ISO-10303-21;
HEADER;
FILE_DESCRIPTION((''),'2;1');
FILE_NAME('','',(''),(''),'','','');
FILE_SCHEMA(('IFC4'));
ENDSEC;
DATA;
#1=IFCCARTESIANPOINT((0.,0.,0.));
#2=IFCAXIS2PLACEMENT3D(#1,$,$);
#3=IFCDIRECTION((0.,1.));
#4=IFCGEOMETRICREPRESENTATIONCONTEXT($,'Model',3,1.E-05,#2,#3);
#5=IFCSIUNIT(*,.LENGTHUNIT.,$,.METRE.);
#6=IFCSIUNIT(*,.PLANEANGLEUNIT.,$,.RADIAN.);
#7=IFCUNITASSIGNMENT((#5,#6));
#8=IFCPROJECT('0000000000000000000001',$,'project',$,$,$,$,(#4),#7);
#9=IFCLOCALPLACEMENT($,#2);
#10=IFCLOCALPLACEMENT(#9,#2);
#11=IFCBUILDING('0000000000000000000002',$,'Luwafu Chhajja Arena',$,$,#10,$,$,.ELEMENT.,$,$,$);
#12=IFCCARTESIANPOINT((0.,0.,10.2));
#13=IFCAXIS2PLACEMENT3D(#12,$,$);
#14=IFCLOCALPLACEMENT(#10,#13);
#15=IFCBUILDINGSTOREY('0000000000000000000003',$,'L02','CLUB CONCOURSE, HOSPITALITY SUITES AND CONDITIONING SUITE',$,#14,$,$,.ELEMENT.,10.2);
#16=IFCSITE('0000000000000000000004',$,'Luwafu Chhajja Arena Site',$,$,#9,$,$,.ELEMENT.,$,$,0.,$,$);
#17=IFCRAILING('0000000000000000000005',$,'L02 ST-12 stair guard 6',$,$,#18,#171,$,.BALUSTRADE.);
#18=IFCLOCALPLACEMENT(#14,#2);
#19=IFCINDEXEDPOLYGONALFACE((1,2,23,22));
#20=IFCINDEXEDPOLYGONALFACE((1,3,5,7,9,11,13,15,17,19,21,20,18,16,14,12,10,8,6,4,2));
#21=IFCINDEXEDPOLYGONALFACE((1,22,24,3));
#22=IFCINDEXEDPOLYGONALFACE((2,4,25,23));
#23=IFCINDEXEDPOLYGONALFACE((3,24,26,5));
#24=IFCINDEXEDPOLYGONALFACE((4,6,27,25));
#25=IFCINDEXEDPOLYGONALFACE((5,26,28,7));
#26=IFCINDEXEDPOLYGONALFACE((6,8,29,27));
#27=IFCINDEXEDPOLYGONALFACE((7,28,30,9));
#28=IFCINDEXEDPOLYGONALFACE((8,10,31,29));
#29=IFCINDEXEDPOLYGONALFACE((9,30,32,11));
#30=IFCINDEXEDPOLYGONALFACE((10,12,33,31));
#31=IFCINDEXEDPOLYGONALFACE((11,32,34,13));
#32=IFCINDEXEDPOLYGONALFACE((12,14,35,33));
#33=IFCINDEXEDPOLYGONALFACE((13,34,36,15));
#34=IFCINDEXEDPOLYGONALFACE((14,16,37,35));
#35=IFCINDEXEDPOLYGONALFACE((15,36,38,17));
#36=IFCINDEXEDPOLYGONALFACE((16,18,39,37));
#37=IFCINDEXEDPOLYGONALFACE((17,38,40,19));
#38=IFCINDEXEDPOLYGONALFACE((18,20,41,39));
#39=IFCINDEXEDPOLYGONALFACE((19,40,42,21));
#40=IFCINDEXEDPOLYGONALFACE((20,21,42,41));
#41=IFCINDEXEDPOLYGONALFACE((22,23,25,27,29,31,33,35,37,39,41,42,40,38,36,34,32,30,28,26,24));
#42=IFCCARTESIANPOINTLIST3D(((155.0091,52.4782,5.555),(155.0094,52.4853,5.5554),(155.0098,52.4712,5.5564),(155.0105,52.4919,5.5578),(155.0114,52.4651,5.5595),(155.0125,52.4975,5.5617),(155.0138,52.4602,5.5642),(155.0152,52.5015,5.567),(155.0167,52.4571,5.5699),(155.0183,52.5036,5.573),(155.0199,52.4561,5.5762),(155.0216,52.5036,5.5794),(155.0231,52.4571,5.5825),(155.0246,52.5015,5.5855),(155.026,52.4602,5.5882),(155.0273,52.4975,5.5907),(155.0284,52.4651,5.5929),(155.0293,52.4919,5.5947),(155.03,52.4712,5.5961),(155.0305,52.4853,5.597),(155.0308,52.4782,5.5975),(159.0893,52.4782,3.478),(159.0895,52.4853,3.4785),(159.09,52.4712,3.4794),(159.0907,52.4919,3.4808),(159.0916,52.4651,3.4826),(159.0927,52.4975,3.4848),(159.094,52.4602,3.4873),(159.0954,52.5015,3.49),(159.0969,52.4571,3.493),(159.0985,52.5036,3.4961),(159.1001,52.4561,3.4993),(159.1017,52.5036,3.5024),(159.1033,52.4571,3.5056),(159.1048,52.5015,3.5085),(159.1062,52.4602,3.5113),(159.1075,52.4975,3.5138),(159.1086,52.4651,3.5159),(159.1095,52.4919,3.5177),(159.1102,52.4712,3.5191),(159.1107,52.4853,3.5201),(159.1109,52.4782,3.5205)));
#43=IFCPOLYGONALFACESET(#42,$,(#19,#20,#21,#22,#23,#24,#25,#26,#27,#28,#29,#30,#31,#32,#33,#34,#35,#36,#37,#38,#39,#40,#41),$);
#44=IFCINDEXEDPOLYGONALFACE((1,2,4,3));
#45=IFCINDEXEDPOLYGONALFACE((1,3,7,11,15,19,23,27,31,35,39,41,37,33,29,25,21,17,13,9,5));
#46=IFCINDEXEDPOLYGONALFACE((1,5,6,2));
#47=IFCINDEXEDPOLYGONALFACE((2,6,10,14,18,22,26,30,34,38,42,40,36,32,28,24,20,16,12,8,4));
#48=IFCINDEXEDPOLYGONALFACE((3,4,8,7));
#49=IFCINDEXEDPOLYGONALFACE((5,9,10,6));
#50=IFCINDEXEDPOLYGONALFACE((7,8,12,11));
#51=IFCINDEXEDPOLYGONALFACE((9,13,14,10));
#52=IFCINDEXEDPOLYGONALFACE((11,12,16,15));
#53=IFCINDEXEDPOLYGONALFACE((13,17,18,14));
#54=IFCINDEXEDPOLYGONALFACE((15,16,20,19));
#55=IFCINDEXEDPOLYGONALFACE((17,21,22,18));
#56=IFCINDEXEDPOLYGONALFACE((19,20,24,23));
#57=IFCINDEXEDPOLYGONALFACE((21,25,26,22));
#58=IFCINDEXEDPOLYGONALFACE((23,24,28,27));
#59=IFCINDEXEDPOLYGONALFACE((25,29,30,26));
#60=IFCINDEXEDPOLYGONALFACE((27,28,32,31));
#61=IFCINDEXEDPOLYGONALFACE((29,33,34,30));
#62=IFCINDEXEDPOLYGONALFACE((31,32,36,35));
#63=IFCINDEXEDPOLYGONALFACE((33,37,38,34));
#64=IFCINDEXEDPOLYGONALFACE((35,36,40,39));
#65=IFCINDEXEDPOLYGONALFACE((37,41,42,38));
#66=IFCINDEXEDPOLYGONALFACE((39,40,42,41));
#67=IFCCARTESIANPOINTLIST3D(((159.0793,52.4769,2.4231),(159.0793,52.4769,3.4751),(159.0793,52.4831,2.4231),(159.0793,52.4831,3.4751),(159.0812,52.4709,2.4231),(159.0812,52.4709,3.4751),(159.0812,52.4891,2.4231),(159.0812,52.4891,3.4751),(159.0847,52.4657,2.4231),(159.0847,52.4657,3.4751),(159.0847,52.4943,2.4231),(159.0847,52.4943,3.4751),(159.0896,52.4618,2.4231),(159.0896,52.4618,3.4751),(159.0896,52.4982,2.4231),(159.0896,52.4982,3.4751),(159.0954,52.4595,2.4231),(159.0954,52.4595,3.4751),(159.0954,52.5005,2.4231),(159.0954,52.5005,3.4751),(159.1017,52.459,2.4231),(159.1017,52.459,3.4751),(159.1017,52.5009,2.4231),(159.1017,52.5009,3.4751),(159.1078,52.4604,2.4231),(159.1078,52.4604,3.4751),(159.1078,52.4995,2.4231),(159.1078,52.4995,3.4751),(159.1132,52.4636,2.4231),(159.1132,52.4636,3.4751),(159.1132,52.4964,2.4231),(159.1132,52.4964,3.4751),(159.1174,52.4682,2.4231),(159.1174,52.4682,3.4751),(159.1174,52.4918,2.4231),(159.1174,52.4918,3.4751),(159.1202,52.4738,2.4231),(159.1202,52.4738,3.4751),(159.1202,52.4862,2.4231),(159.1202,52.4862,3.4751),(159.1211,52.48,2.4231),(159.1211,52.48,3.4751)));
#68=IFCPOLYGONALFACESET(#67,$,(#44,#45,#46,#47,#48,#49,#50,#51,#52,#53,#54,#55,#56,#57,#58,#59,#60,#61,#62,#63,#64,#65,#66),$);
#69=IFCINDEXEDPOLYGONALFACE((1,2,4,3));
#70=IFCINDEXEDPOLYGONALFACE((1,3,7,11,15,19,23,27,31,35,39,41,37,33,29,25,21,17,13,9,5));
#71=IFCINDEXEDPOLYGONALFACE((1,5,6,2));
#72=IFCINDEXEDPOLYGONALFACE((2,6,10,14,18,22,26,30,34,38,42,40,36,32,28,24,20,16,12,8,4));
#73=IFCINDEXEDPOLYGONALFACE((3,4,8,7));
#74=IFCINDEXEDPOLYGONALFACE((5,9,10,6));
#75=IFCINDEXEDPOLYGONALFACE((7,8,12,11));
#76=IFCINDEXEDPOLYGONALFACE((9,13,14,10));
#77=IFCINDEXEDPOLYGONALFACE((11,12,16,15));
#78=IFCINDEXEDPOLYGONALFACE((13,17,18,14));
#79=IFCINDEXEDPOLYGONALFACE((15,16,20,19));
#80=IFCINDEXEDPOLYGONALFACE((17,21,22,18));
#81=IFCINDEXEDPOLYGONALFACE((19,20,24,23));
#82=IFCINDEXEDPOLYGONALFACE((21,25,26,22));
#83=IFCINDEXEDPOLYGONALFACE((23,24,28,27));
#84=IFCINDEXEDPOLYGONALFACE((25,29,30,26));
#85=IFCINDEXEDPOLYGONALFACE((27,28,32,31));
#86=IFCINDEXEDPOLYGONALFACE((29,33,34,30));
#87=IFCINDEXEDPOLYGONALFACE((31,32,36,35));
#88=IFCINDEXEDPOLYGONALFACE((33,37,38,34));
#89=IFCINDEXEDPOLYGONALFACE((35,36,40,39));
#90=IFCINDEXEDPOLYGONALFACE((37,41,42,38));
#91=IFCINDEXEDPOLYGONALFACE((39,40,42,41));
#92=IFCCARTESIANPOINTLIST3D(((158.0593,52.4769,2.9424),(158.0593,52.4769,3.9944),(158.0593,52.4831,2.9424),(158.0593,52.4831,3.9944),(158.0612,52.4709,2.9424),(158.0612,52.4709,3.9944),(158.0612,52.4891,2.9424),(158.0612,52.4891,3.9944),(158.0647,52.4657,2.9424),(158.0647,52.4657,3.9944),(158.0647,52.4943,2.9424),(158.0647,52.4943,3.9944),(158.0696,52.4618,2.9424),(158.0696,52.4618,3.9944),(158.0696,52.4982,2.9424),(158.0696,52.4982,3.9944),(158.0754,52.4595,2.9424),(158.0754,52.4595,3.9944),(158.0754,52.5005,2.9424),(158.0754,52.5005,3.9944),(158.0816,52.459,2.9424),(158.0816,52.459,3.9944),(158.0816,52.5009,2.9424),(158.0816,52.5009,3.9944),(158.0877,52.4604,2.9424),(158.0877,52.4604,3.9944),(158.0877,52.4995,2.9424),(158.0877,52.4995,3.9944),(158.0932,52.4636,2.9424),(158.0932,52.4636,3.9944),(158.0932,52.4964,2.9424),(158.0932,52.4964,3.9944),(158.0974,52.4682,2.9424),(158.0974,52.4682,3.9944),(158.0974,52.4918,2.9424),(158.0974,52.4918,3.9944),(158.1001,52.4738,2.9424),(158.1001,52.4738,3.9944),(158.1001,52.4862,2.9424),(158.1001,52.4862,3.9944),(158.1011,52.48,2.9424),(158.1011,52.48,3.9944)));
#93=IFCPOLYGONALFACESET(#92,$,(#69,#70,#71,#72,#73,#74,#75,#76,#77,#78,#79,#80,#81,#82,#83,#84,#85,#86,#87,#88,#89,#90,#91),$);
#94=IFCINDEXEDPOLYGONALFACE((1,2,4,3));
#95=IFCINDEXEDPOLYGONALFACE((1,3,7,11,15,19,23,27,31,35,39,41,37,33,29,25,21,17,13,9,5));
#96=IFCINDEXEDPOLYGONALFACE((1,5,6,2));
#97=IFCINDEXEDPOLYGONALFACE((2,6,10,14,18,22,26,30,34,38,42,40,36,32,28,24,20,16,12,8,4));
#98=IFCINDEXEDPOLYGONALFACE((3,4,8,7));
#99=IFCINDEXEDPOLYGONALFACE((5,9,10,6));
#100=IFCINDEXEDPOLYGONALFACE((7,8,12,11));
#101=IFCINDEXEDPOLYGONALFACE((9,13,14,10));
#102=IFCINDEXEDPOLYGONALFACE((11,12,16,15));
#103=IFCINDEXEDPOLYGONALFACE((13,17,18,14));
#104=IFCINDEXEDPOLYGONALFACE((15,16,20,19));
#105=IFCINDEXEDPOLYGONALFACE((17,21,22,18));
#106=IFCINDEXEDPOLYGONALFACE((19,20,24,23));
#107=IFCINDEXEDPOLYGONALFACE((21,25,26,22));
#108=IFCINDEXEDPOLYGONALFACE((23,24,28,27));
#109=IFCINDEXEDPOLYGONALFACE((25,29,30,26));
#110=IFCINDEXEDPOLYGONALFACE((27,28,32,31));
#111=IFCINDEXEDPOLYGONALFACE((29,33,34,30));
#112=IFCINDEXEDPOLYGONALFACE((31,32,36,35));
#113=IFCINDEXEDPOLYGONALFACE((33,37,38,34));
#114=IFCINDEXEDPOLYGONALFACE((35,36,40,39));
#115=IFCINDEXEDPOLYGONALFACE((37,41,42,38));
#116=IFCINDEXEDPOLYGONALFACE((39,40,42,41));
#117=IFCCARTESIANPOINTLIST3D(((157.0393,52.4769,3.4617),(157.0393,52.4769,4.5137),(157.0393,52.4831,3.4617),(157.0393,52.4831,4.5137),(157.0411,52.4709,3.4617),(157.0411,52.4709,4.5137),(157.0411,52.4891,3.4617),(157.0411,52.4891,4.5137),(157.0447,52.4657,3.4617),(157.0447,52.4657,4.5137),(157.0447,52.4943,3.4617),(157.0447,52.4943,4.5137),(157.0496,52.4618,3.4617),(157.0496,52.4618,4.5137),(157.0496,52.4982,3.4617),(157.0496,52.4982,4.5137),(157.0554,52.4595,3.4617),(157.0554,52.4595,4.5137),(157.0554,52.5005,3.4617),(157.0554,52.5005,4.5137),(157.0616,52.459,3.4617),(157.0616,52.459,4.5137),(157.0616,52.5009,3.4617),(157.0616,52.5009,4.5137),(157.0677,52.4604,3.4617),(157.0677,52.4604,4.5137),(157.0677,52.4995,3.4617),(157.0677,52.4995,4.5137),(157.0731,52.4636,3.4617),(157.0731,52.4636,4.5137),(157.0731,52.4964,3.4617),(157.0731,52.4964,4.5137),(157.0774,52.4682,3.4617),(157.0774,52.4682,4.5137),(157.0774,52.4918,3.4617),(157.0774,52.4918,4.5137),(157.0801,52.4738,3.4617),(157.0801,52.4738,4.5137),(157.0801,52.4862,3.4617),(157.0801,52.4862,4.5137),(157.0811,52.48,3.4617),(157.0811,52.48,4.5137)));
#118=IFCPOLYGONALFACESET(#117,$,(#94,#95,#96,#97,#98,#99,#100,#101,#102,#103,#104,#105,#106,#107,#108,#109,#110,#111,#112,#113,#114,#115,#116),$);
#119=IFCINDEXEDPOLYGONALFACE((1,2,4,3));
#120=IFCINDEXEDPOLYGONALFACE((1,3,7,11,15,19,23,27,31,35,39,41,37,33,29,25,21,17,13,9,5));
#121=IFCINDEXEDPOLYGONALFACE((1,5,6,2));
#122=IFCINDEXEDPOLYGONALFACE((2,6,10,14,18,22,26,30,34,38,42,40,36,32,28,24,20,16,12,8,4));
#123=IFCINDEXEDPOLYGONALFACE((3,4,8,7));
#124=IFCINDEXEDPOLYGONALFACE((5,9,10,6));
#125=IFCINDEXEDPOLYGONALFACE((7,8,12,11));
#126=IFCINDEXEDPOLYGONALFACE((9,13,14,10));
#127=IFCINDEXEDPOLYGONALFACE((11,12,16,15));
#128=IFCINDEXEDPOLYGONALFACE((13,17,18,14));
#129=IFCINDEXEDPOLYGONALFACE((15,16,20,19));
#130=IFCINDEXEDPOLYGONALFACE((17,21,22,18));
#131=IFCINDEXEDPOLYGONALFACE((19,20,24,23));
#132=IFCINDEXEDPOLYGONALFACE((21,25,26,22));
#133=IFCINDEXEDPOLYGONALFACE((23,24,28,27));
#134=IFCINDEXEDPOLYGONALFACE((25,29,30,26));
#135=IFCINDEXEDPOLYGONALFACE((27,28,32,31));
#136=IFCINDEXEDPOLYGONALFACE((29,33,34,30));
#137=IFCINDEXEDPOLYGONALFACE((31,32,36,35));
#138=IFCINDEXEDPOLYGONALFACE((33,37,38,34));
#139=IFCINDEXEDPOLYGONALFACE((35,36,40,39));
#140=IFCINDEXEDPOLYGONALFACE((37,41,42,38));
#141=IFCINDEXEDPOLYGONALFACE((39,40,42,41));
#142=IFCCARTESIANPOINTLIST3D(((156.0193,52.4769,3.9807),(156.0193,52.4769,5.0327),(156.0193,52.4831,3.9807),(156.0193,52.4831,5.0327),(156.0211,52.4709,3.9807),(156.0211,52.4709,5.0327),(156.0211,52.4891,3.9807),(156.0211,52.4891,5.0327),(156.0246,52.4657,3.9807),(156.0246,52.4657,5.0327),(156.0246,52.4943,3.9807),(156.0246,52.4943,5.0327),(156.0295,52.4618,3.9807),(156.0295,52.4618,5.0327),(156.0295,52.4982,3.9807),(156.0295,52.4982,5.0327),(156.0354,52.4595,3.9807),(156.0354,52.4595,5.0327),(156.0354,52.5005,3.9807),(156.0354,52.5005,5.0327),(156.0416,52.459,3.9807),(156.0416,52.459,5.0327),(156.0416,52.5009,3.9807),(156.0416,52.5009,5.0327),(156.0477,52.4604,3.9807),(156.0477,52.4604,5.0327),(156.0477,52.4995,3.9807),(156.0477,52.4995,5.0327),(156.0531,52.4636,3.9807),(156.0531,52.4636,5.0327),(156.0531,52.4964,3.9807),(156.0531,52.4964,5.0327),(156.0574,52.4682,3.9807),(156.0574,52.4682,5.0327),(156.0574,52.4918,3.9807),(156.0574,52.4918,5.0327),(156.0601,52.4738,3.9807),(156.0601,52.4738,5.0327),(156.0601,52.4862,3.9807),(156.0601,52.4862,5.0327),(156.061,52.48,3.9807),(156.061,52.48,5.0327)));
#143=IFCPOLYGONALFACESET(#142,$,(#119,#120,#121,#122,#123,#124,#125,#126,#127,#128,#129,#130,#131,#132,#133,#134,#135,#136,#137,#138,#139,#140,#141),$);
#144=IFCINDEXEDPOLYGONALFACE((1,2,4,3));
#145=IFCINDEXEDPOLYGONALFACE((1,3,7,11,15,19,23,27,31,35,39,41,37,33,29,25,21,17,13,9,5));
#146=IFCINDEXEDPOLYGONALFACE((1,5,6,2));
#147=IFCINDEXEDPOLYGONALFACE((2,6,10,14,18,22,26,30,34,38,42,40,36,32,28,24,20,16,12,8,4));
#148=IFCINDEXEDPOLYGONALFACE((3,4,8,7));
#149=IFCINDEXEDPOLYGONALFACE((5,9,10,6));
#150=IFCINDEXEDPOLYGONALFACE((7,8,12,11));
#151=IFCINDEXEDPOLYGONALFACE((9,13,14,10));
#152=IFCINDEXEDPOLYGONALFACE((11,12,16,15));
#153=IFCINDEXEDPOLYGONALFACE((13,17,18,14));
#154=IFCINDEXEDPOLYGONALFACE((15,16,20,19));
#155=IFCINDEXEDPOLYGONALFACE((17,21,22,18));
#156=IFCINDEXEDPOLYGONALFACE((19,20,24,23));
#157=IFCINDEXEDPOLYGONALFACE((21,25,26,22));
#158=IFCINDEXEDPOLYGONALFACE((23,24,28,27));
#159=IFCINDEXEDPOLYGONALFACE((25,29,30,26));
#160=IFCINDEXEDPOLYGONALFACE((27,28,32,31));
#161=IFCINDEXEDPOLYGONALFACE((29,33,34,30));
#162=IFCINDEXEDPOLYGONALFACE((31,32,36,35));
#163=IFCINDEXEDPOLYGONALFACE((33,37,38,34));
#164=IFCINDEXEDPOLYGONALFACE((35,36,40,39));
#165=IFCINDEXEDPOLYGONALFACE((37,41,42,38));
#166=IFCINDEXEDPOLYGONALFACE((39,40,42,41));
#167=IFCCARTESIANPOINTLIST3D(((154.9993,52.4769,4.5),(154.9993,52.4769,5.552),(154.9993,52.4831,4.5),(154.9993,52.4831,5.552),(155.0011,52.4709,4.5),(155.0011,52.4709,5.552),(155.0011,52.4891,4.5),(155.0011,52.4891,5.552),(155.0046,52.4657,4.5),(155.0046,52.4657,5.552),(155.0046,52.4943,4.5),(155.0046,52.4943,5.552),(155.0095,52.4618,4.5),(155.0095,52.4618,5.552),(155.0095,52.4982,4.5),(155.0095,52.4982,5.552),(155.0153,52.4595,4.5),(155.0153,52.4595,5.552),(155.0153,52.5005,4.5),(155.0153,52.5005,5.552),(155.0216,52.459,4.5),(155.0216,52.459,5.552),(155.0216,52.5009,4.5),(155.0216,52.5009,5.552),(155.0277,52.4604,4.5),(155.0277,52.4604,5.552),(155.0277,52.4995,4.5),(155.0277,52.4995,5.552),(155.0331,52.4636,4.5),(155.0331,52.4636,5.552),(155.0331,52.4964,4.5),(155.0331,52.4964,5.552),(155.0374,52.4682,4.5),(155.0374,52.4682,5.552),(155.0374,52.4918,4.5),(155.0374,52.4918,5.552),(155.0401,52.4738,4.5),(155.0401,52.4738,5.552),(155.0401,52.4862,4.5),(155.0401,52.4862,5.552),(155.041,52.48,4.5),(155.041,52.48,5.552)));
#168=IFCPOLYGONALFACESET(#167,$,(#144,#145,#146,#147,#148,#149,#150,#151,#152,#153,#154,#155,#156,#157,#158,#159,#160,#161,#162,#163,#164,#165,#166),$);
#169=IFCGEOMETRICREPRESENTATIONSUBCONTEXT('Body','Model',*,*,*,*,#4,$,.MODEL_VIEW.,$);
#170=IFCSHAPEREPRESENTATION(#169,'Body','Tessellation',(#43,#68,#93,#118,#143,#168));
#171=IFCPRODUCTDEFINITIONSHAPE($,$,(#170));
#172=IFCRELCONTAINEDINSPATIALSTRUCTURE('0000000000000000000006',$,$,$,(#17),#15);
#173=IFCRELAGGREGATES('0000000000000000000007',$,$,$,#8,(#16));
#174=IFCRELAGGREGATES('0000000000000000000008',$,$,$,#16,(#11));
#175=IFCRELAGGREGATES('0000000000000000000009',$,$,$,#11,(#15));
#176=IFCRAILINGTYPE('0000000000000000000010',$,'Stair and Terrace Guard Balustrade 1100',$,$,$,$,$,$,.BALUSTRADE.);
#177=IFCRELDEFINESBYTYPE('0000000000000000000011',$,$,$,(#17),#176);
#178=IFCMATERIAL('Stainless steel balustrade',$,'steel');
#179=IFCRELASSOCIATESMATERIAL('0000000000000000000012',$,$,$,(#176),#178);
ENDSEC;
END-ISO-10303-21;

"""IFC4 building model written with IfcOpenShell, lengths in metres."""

from ifc_helpers import new_model, si_unit, direction, frame, origin, origin_2d, place, context, subcontext, project, spatial, circle, extrude, material, type_object, element, save


model = new_model("IFC4")

# Units and contexts
model_context = context("Model", 3, precision=1e-05, world=origin(), true_north=direction((0.0, 1.0)))
body_context = subcontext(model_context, "Body", "Model", "MODEL_VIEW")
ifc_project = project(units=[si_unit("LENGTHUNIT", "METRE"), si_unit("PLANEANGLEUNIT", "RADIAN")], contexts=[model_context])

# Site, building, storey
site_placement = place(None, origin())
site = spatial("IfcSite", under=ifc_project, at=site_placement, Name="Luwafu Chhajja Arena Site", CompositionType="ELEMENT", RefElevation=0.0)
building_placement = place(site_placement, origin())
building = spatial("IfcBuilding", under=site, at=building_placement, Name="Luwafu Chhajja Arena", CompositionType="ELEMENT")
storey_placement = place(building_placement, frame((0.0, 0.0, 10.2)))
storey = spatial("IfcBuildingStorey", under=building, at=storey_placement, Name="L02", Description="CLUB CONCOURSE, HOSPITALITY SUITES AND CONDITIONING SUITE", CompositionType="ELEMENT", Elevation=10.2)

# Railing
ifc_material_1 = material(Name="Stainless steel balustrade", Category="steel")
railing_type_1 = type_object("IfcRailingType", Name="Stair and Terrace Guard Balustrade 1100", PredefinedType="BALUSTRADE", material=ifc_material_1)
railing_1_placement = place(storey_placement, frame((159.1001, 52.48, 2.4231)))
element("IfcRailing", 1, at=railing_1_placement, inside=storey, type_object=railing_type_1, Name="L02 ST-12 stair guard 6", PredefinedType="BALUSTRADE", context=body_context, shape_type="SweptSolid", body=[
    extrude(circle(Radius=0.0239, at=origin_2d()), frame((0.0, 0.0, 1.0762), z_axis=(-0.891183, 0.0, 0.453644), x_axis=(0.0, -1.0, 0.0)), (0.0, 0.0, 1.0), 4.5784),
    extrude(circle(Radius=0.021, at=origin_2d()), origin(), (0.0, 0.0, 1.0), 1.052),
    extrude(circle(Radius=0.021, at=origin_2d()), frame((-1.02, 0.0, 0.5193)), (0.0, 0.0, 1.0), 1.052),
    extrude(circle(Radius=0.021, at=origin_2d()), frame((-2.04, 0.0, 1.0386)), (0.0, 0.0, 1.0), 1.052),
    extrude(circle(Radius=0.021, at=origin_2d()), frame((-3.0601, 0.0, 1.5576)), (0.0, 0.0, 1.0), 1.052),
    extrude(circle(Radius=0.021, at=origin_2d()), frame((-4.0801, 0.0, 2.0769)), (0.0, 0.0, 1.0), 1.052),
])

save(model, "model.ifc")
